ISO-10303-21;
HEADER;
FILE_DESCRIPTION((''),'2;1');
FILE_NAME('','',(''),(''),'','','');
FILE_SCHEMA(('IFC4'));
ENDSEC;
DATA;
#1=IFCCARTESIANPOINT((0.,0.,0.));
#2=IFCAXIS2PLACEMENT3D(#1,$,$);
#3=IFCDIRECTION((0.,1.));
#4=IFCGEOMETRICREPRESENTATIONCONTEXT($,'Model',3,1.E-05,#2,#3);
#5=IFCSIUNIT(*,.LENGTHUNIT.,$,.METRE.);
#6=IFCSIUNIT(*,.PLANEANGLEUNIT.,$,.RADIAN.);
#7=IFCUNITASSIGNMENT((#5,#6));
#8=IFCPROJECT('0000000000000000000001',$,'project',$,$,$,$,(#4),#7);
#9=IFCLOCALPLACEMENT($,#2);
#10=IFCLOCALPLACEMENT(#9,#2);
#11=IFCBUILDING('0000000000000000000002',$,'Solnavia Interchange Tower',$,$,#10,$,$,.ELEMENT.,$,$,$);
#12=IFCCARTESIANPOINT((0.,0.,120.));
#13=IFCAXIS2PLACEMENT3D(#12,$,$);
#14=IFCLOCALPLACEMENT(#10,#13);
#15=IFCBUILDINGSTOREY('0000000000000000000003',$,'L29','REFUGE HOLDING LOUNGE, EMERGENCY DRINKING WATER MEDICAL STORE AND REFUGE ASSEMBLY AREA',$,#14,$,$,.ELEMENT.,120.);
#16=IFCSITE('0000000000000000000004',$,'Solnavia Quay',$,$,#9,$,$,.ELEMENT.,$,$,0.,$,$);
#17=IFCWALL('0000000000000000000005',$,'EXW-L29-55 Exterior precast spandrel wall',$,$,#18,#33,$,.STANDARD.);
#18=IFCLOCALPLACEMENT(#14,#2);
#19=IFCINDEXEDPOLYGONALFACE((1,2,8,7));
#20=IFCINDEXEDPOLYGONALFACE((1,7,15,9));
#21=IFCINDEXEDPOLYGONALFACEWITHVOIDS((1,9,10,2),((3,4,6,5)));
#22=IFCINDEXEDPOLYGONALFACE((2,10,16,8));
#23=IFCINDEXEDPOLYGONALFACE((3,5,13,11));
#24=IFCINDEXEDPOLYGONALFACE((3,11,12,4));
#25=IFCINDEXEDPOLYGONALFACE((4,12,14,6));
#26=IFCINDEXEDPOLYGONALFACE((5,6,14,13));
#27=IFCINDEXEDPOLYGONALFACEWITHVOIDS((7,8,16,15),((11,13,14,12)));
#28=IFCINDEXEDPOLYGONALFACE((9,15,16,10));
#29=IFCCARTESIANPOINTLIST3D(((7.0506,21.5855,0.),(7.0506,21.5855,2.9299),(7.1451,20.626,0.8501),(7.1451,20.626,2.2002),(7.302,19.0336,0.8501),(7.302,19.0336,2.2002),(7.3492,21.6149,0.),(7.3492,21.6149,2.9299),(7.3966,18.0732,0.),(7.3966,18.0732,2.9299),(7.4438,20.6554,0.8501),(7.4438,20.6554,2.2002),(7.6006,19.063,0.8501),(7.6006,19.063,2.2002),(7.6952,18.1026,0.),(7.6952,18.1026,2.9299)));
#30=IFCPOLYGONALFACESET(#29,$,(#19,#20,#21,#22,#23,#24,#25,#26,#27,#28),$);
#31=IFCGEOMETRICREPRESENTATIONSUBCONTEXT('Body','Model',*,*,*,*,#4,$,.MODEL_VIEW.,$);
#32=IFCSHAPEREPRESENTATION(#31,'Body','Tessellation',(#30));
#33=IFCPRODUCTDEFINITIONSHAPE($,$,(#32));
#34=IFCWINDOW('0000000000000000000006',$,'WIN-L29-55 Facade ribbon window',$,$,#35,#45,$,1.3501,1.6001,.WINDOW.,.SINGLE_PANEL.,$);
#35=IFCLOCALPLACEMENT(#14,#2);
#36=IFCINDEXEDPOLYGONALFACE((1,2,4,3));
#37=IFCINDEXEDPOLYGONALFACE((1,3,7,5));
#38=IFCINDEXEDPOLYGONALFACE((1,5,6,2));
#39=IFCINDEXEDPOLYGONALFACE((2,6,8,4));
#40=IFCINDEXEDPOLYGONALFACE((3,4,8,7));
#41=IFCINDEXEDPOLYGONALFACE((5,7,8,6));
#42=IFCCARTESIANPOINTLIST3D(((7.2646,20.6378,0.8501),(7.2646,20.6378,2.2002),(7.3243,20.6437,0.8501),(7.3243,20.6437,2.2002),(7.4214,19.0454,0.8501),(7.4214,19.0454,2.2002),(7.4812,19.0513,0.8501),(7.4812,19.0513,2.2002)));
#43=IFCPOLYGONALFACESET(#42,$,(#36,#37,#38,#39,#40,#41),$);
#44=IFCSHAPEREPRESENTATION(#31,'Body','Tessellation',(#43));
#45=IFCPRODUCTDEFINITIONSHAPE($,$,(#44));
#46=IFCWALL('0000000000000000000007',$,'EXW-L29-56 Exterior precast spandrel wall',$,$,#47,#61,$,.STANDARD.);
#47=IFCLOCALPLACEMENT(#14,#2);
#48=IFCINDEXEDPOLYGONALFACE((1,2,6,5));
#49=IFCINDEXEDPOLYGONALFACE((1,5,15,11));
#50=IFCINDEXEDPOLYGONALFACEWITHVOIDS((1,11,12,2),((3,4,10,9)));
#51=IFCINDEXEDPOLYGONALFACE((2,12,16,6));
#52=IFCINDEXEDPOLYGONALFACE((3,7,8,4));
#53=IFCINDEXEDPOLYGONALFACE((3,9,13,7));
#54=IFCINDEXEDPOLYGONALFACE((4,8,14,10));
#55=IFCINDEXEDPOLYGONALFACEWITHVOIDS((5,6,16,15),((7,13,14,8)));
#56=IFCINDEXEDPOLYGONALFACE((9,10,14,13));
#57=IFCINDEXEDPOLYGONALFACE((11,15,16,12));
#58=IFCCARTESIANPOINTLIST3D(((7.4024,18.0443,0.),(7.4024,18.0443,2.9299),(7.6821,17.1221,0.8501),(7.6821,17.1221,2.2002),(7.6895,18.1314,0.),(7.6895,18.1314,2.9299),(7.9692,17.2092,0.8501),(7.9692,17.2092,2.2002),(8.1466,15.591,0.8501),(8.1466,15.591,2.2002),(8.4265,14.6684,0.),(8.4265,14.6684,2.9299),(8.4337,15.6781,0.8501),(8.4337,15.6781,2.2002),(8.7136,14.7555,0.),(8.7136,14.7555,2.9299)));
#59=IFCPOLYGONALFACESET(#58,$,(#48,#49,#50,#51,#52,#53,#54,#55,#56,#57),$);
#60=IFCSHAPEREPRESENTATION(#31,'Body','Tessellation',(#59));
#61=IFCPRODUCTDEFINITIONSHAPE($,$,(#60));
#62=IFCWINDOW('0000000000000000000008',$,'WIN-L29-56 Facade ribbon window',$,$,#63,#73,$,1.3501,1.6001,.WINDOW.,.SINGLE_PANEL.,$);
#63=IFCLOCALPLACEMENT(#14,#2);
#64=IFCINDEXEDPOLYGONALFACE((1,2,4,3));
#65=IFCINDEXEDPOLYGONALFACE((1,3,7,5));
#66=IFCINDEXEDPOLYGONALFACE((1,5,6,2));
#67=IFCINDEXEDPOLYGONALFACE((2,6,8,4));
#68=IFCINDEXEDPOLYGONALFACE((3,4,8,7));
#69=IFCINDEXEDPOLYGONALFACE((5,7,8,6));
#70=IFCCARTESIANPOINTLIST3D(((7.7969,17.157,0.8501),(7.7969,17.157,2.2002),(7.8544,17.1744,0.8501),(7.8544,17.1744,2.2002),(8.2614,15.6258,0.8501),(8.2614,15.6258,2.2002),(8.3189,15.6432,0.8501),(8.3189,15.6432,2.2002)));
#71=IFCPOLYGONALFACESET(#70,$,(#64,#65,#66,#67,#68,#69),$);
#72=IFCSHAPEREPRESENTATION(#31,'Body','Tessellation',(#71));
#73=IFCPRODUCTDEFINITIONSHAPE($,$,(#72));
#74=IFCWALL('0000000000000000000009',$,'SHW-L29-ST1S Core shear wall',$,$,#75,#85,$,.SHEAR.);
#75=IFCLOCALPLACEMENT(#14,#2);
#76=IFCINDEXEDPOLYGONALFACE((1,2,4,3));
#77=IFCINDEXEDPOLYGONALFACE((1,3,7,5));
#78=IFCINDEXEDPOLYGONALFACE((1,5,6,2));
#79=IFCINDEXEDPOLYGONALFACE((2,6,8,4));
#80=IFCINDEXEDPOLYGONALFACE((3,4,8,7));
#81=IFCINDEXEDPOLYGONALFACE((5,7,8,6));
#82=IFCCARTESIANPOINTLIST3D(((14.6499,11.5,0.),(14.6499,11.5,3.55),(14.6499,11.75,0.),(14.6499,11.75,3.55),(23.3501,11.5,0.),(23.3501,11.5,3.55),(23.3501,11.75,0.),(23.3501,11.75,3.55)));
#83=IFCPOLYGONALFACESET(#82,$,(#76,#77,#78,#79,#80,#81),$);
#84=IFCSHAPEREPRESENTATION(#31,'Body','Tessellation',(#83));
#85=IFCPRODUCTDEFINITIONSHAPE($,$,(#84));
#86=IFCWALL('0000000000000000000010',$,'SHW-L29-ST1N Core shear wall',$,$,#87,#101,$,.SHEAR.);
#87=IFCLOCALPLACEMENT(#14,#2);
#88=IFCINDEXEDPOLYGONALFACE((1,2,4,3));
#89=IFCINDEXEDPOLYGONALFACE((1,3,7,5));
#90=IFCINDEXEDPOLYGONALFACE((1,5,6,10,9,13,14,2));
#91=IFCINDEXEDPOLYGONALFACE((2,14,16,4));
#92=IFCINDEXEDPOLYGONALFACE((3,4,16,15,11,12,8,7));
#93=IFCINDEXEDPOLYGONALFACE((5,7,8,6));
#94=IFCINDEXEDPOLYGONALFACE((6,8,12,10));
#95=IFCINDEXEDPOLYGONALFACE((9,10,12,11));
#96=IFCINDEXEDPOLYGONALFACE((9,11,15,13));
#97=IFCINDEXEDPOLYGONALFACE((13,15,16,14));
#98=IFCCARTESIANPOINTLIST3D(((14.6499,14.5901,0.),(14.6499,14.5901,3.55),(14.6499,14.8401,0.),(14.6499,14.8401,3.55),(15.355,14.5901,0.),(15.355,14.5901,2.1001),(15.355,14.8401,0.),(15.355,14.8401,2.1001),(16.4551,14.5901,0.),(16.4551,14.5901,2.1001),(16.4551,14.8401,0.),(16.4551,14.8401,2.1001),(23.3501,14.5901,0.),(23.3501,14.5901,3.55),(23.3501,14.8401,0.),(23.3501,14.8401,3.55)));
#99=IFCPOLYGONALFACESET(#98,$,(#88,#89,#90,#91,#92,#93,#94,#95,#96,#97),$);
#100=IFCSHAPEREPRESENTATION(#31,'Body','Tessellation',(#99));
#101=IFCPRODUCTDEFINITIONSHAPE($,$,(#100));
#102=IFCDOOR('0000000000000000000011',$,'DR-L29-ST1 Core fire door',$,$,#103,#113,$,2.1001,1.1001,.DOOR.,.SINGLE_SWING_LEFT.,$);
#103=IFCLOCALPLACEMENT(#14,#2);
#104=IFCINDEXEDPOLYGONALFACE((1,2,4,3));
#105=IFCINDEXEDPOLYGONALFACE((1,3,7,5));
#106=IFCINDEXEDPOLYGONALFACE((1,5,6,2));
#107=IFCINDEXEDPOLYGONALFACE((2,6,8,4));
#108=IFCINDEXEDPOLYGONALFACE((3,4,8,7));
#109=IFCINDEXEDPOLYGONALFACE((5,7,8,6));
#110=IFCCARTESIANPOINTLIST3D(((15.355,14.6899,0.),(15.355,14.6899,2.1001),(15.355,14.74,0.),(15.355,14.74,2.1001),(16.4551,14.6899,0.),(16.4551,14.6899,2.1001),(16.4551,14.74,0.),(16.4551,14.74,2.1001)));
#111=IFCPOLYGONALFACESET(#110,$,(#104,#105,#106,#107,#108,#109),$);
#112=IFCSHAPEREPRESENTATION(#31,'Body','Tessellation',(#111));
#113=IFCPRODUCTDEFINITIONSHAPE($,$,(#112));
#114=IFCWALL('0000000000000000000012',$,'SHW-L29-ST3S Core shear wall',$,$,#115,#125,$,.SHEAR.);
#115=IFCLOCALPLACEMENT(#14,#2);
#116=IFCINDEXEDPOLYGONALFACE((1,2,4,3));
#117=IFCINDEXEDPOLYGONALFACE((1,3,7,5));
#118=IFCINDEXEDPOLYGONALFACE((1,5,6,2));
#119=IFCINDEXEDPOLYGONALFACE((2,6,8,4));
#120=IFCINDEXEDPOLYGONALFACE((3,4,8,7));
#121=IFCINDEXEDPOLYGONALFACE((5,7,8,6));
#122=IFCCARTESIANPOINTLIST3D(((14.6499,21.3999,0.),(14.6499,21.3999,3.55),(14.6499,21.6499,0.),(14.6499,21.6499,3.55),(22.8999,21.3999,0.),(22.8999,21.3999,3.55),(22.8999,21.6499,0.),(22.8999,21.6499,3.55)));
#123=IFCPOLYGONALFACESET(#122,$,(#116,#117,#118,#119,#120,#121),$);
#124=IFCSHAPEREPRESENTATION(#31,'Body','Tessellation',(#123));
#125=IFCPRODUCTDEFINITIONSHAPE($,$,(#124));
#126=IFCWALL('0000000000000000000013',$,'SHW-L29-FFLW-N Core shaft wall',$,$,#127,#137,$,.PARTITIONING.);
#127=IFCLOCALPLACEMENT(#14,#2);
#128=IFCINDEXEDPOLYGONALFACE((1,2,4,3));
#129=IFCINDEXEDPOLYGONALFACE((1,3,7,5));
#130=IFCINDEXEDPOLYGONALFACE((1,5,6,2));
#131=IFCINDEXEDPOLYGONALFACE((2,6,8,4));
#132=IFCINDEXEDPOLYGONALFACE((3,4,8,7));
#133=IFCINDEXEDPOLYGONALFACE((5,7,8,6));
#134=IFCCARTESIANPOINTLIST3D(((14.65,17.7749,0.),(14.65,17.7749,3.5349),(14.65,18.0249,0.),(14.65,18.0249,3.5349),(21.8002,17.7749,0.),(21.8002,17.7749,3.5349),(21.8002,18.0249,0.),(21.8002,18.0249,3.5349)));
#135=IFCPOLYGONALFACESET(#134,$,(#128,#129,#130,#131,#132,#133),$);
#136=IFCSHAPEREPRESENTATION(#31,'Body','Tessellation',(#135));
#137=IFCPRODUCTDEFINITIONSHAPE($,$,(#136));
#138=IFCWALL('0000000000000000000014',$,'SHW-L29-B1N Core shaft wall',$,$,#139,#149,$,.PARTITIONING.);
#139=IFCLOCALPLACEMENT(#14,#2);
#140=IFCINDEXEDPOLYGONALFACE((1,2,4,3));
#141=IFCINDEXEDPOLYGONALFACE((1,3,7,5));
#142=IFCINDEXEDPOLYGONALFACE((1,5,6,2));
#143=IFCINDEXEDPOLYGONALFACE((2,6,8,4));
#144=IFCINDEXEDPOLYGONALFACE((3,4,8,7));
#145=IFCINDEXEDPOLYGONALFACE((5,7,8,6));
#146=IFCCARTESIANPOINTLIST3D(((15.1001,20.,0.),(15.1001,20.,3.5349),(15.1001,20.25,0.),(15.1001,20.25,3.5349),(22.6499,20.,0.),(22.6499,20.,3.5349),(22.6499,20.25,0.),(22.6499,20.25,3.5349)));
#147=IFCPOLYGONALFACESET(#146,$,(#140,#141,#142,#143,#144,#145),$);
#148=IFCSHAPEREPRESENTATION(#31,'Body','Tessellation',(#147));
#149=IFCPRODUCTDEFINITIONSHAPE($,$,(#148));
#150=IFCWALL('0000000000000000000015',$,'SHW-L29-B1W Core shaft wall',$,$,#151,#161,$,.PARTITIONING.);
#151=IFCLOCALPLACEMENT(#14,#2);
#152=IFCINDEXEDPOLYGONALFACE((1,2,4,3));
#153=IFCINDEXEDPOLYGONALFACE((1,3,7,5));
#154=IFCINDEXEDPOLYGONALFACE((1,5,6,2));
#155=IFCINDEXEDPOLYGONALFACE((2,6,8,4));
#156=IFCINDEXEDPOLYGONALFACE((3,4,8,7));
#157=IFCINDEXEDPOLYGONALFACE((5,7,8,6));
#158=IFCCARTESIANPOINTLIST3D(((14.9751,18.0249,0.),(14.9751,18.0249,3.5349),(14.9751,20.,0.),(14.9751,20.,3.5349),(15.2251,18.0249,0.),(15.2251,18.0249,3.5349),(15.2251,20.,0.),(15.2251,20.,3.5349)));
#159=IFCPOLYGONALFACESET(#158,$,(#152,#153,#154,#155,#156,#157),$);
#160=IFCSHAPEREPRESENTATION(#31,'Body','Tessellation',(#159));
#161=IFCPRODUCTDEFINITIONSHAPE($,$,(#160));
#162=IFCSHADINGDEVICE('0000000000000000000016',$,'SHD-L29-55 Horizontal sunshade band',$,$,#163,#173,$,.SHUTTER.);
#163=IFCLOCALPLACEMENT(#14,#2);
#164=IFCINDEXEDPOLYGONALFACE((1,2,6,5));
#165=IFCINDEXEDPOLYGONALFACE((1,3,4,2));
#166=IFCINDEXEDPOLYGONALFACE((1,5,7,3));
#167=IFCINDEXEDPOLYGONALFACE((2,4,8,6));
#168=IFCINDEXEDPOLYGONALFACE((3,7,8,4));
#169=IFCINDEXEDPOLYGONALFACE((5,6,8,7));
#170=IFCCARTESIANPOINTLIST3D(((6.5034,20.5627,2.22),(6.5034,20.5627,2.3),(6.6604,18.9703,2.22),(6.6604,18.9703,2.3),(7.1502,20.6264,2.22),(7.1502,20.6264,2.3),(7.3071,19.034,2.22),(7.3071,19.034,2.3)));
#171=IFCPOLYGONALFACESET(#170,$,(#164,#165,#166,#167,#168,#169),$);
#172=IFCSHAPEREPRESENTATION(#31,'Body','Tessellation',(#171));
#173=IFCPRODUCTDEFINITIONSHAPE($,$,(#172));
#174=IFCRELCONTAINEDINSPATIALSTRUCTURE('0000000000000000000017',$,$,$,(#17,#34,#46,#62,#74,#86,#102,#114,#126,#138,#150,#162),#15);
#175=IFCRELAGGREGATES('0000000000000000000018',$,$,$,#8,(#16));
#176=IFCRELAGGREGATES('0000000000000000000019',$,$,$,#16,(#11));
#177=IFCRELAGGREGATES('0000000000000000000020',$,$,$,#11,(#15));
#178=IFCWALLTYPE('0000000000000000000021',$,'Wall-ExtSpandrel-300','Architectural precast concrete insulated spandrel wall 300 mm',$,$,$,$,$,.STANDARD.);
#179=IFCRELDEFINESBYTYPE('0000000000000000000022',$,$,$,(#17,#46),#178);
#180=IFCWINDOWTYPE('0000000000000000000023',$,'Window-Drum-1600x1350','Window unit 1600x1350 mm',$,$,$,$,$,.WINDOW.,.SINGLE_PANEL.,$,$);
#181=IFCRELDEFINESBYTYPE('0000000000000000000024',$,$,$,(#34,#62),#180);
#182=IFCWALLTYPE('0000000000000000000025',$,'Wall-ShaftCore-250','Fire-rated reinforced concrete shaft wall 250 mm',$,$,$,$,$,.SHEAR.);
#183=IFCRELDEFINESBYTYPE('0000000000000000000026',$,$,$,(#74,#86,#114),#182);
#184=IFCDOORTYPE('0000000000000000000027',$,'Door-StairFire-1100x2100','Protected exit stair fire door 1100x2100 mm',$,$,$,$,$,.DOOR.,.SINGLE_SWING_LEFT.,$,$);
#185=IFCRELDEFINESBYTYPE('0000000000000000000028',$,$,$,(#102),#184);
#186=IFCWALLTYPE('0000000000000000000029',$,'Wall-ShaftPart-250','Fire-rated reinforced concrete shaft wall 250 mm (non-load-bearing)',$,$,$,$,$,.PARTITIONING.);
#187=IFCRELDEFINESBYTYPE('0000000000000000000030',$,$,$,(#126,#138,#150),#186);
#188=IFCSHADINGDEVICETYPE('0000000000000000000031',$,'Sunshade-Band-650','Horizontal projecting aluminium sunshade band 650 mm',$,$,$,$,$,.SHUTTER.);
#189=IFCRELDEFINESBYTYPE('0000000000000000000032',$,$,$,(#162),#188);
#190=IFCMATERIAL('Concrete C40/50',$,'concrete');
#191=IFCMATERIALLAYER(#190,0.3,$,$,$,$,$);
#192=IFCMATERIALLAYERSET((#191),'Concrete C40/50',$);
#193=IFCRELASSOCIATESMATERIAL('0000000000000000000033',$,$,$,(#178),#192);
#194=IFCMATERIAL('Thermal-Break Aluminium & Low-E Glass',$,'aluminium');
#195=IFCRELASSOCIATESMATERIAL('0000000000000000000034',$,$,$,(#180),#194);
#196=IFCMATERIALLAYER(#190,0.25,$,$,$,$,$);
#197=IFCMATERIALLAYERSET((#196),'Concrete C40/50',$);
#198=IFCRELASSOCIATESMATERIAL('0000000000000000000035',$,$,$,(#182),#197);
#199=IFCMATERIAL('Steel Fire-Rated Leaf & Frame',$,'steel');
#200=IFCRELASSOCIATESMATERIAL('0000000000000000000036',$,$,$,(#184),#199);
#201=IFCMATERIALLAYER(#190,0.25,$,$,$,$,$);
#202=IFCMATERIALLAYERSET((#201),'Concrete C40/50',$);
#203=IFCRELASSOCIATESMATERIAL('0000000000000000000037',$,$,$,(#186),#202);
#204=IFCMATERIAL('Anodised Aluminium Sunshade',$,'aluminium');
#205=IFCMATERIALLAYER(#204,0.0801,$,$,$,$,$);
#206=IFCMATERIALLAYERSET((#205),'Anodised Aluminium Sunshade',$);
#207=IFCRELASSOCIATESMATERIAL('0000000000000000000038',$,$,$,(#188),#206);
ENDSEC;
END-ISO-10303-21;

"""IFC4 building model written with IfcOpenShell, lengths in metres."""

from ifc_helpers import new_model, si_unit, direction, frame, frame_2d, origin, origin_2d, place, context, subcontext, project, spatial, rectangle, extrude, material, layer, layer_set, type_object, element, fill, save


model = new_model("IFC4")

# Units and contexts
model_context = context("Model", 3, precision=1e-05, world=origin(), true_north=direction((0.0, 1.0)))
body_context = subcontext(model_context, "Body", "Model", "MODEL_VIEW")
ifc_project = project(units=[si_unit("LENGTHUNIT", "METRE"), si_unit("PLANEANGLEUNIT", "RADIAN")], contexts=[model_context])

# Site, building, storey
site_placement = place(None, origin())
site = spatial("IfcSite", under=ifc_project, at=site_placement, Name="Solnavia Quay", CompositionType="ELEMENT", RefElevation=0.0)
building_placement = place(site_placement, origin())
building = spatial("IfcBuilding", under=site, at=building_placement, Name="Solnavia Interchange Tower", CompositionType="ELEMENT")
storey_placement = place(building_placement, frame((0.0, 0.0, 120.0)))
storey = spatial("IfcBuildingStorey", under=building, at=storey_placement, Name="L29", Description="REFUGE HOLDING LOUNGE, EMERGENCY DRINKING WATER MEDICAL STORE AND REFUGE ASSEMBLY AREA", CompositionType="ELEMENT", Elevation=120.0)

# Walls, openings, windows
ifc_material_1 = material(Name="Concrete C40/50", Category="concrete")
ifc_layer_1 = layer(ifc_material_1, 0.3)
ifc_layer_set_1 = layer_set([ifc_layer_1], Name="Concrete C40/50")
wall_type_1 = type_object("IfcWallType", Name="Wall-ExtSpandrel-300", Description="Architectural precast concrete insulated spandrel wall 300 mm", PredefinedType="STANDARD", material=ifc_layer_set_1)
ifc_material_2 = material(Name="Thermal-Break Aluminium & Low-E Glass", Category="aluminium")
wall_1_placement = place(storey_placement, frame((7.5459, 18.0879, 0.0), z_axis=(0.0, 0.0, 1.0), x_axis=(-0.098024, 0.995184, 0.0)))
wall_1 = element("IfcWall", 1, at=wall_1_placement, inside=storey, type_object=wall_type_1, Name="EXW-L29-55 Exterior precast spandrel wall", PredefinedType="STANDARD", context=body_context, shape_type="SweptSolid", body=[
    extrude(rectangle(XDim=3.5293, YDim=0.3, at=frame_2d((1.7646, 0.0))), origin(), (0.0, 0.0, 1.0), 2.9299),
])
opening_1_placement = place(wall_1_placement, frame((0.9651, 0.0, 0.8501)))
opening_1 = element("IfcOpeningElement", 2, at=opening_1_placement, cuts=wall_1, PredefinedType="OPENING", context=body_context, shape_type="SweptSolid", body=[
    extrude(rectangle(XDim=1.6001, YDim=1.3501, at=frame_2d((0.8, 0.675))), frame((0.0, 0.1602, 0.0), z_axis=(0.0, -1.0, 0.0), x_axis=(1.0, 0.0, 0.0)), (0.0, 0.0, 1.0), 0.3201),
])
window_type_1 = type_object("IfcWindowType", Name="Window-Drum-1600x1350", Description="Window unit 1600x1350 mm", PartitioningType="SINGLE_PANEL", PredefinedType="WINDOW", material=ifc_material_2)
window_1_placement = place(opening_1_placement, origin())
window_1 = element("IfcWindow", 3, at=window_1_placement, inside=storey, type_object=window_type_1, Name="WIN-L29-55 Facade ribbon window", OverallHeight=1.3501, OverallWidth=1.6001, PartitioningType="SINGLE_PANEL", PredefinedType="WINDOW", context=body_context, shape_type="SweptSolid", body=[
    extrude(rectangle(XDim=1.6001, YDim=1.3501, at=frame_2d((0.8, 0.675))), frame((0.0, 0.03, 0.0), z_axis=(0.0, -1.0, 0.0), x_axis=(1.0, 0.0, 0.0)), (0.0, 0.0, 1.0), 0.0601),
])
fill(opening_1, window_1)
wall_2_placement = place(storey_placement, frame((8.5701, 14.7119, 0.0), z_axis=(0.0, 0.0, 1.0), x_axis=(-0.290305, 0.956934, 0.0)))
wall_2 = element("IfcWall", 4, at=wall_2_placement, inside=storey, type_object=wall_type_1, Name="EXW-L29-56 Exterior precast spandrel wall", PredefinedType="STANDARD", context=body_context, shape_type="SweptSolid", body=[
    extrude(rectangle(XDim=3.5278, YDim=0.3, at=frame_2d((1.7639, 0.0))), origin(), (0.0, 0.0, 1.0), 2.9299),
])
opening_2_placement = place(wall_2_placement, frame((0.9641, 0.0, 0.8501)))
opening_2 = element("IfcOpeningElement", 5, at=opening_2_placement, cuts=wall_2, PredefinedType="OPENING", context=body_context, shape_type="SweptSolid", body=[
    extrude(rectangle(XDim=1.6001, YDim=1.3501, at=frame_2d((0.8, 0.675))), frame((0.0, 0.1602, 0.0), z_axis=(0.0, -1.0, 0.0), x_axis=(1.0, 0.0, 0.0)), (0.0, 0.0, 1.0), 0.3201),
])
window_2_placement = place(opening_2_placement, origin())
window_2 = element("IfcWindow", 6, at=window_2_placement, inside=storey, type_object=window_type_1, Name="WIN-L29-56 Facade ribbon window", OverallHeight=1.3501, OverallWidth=1.6001, PartitioningType="SINGLE_PANEL", PredefinedType="WINDOW", context=body_context, shape_type="SweptSolid", body=[
    extrude(rectangle(XDim=1.6001, YDim=1.3501, at=frame_2d((0.8, 0.675))), frame((0.0, 0.03, 0.0), z_axis=(0.0, -1.0, 0.0), x_axis=(1.0, 0.0, 0.0)), (0.0, 0.0, 1.0), 0.0601),
])
fill(opening_2, window_2)

# Wall
ifc_layer_2 = layer(ifc_material_1, 0.25)
ifc_layer_set_2 = layer_set([ifc_layer_2], Name="Concrete C40/50")
wall_type_2 = type_object("IfcWallType", Name="Wall-ShaftCore-250", Description="Fire-rated reinforced concrete shaft wall 250 mm", PredefinedType="SHEAR", material=ifc_layer_set_2)
wall_3_placement = place(storey_placement, frame((14.6499, 11.625, 0.0), z_axis=(0.0, 0.0, 1.0), x_axis=(1.0, 0.0, 0.0)))
element("IfcWall", 7, at=wall_3_placement, inside=storey, type_object=wall_type_2, Name="SHW-L29-ST1S Core shear wall", PredefinedType="SHEAR", context=body_context, shape_type="SweptSolid", body=[
    extrude(rectangle(XDim=8.7002, YDim=0.25, at=frame_2d((4.3501, 0.0))), origin(), (0.0, 0.0, 1.0), 3.55),
])

# Wall, opening, door
wall_4_placement = place(storey_placement, frame((14.6499, 14.7151, 0.0), z_axis=(0.0, 0.0, 1.0), x_axis=(1.0, 0.0, 0.0)))
wall_4 = element("IfcWall", 8, at=wall_4_placement, inside=storey, type_object=wall_type_2, Name="SHW-L29-ST1N Core shear wall", PredefinedType="SHEAR", context=body_context, shape_type="SweptSolid", body=[
    extrude(rectangle(XDim=8.7002, YDim=0.25, at=frame_2d((4.3501, 0.0))), origin(), (0.0, 0.0, 1.0), 3.55),
])
opening_3_placement = place(wall_4_placement, frame((0.7051, 0.0, 0.0)))
opening_3 = element("IfcOpeningElement", 9, at=opening_3_placement, cuts=wall_4, PredefinedType="OPENING", context=body_context, shape_type="SweptSolid", body=[
    extrude(rectangle(XDim=1.1001, YDim=2.1001, at=frame_2d((0.55, 1.05))), frame((0.0, 0.135, 0.0), z_axis=(0.0, -1.0, 0.0), x_axis=(1.0, 0.0, 0.0)), (0.0, 0.0, 1.0), 0.27),
])
ifc_material_3 = material(Name="Steel Fire-Rated Leaf & Frame", Category="steel")
door_type = type_object("IfcDoorType", Name="Door-StairFire-1100x2100", Description="Protected exit stair fire door 1100x2100 mm", OperationType="SINGLE_SWING_LEFT", PredefinedType="DOOR", material=ifc_material_3)
door_placement = place(opening_3_placement, origin())
door = element("IfcDoor", 10, at=door_placement, inside=storey, type_object=door_type, Name="DR-L29-ST1 Core fire door", OperationType="SINGLE_SWING_LEFT", OverallHeight=2.1001, OverallWidth=1.1001, PredefinedType="DOOR", context=body_context, shape_type="SweptSolid", body=[
    extrude(rectangle(XDim=1.1001, YDim=2.1001, at=frame_2d((0.55, 1.05))), frame((0.0, 0.0249, 0.0), z_axis=(0.0, -1.0, 0.0), x_axis=(1.0, 0.0, 0.0)), (0.0, 0.0, 1.0), 0.05),
])
fill(opening_3, door)

# Walls
wall_5_placement = place(storey_placement, frame((14.6499, 21.5249, 0.0), z_axis=(0.0, 0.0, 1.0), x_axis=(1.0, 0.0, 0.0)))
element("IfcWall", 11, at=wall_5_placement, inside=storey, type_object=wall_type_2, Name="SHW-L29-ST3S Core shear wall", PredefinedType="SHEAR", context=body_context, shape_type="SweptSolid", body=[
    extrude(rectangle(XDim=8.25, YDim=0.25, at=frame_2d((4.125, 0.0))), origin(), (0.0, 0.0, 1.0), 3.55),
])
ifc_layer_3 = layer(ifc_material_1, 0.25)
ifc_layer_set_3 = layer_set([ifc_layer_3], Name="Concrete C40/50")
wall_type_3 = type_object("IfcWallType", Name="Wall-ShaftPart-250", Description="Fire-rated reinforced concrete shaft wall 250 mm (non-load-bearing)", PredefinedType="PARTITIONING", material=ifc_layer_set_3)
wall_6_placement = place(storey_placement, frame((14.6499, 17.8999, 0.0), z_axis=(0.0, 0.0, 1.0), x_axis=(1.0, 0.0, 0.0)))
element("IfcWall", 12, at=wall_6_placement, inside=storey, type_object=wall_type_3, Name="SHW-L29-FFLW-N Core shaft wall", PredefinedType="PARTITIONING", context=body_context, shape_type="SweptSolid", body=[
    extrude(rectangle(XDim=7.1501, YDim=0.25, at=frame_2d((3.5752, 0.0))), origin(), (0.0, 0.0, 1.0), 3.5349),
])
wall_7_placement = place(storey_placement, frame((15.1001, 20.125, 0.0), z_axis=(0.0, 0.0, 1.0), x_axis=(1.0, 0.0, 0.0)))
element("IfcWall", 13, at=wall_7_placement, inside=storey, type_object=wall_type_3, Name="SHW-L29-B1N Core shaft wall", PredefinedType="PARTITIONING", context=body_context, shape_type="SweptSolid", body=[
    extrude(rectangle(XDim=7.5498, YDim=0.25, at=frame_2d((3.7749, 0.0))), origin(), (0.0, 0.0, 1.0), 3.5349),
])
wall_8_placement = place(storey_placement, frame((15.1001, 18.0249, 0.0), z_axis=(0.0, 0.0, 1.0), x_axis=(0.0, 1.0, 0.0)))
element("IfcWall", 14, at=wall_8_placement, inside=storey, type_object=wall_type_3, Name="SHW-L29-B1W Core shaft wall", PredefinedType="PARTITIONING", context=body_context, shape_type="SweptSolid", body=[
    extrude(rectangle(XDim=1.9751, YDim=0.25, at=frame_2d((0.9875, 0.0))), origin(), (0.0, 0.0, 1.0), 3.5349),
])

# Shading device
ifc_material_4 = material(Name="Anodised Aluminium Sunshade", Category="aluminium")
ifc_layer_4 = layer(ifc_material_4, 0.0801)
ifc_layer_set_4 = layer_set([ifc_layer_4], Name="Anodised Aluminium Sunshade")
shading_device_type = type_object("IfcShadingDeviceType", Name="Sunshade-Band-650", Description="Horizontal projecting aluminium sunshade band 650 mm", PredefinedType="SHUTTER", material=ifc_layer_set_4)
for number, where, z_axis, x_axis, name in (
    (15, (6.9053, 19.7983, 2.22), (0.0, 0.0, 1.0), (-0.098104, 0.995176, 0.0), "SHD-L29-55 Horizontal sunshade band"),
):
    element("IfcShadingDevice", number, at=place(storey_placement, frame(where, z_axis=z_axis, x_axis=x_axis)), inside=storey, type_object=shading_device_type, Name=name, PredefinedType="SHUTTER", context=body_context, shape_type="SweptSolid", body=[
        extrude(rectangle(XDim=1.6001, YDim=0.6499, at=origin_2d()), origin(), (0.0, 0.0, 1.0), 0.0801),
    ])

save(model, "model.ifc")
